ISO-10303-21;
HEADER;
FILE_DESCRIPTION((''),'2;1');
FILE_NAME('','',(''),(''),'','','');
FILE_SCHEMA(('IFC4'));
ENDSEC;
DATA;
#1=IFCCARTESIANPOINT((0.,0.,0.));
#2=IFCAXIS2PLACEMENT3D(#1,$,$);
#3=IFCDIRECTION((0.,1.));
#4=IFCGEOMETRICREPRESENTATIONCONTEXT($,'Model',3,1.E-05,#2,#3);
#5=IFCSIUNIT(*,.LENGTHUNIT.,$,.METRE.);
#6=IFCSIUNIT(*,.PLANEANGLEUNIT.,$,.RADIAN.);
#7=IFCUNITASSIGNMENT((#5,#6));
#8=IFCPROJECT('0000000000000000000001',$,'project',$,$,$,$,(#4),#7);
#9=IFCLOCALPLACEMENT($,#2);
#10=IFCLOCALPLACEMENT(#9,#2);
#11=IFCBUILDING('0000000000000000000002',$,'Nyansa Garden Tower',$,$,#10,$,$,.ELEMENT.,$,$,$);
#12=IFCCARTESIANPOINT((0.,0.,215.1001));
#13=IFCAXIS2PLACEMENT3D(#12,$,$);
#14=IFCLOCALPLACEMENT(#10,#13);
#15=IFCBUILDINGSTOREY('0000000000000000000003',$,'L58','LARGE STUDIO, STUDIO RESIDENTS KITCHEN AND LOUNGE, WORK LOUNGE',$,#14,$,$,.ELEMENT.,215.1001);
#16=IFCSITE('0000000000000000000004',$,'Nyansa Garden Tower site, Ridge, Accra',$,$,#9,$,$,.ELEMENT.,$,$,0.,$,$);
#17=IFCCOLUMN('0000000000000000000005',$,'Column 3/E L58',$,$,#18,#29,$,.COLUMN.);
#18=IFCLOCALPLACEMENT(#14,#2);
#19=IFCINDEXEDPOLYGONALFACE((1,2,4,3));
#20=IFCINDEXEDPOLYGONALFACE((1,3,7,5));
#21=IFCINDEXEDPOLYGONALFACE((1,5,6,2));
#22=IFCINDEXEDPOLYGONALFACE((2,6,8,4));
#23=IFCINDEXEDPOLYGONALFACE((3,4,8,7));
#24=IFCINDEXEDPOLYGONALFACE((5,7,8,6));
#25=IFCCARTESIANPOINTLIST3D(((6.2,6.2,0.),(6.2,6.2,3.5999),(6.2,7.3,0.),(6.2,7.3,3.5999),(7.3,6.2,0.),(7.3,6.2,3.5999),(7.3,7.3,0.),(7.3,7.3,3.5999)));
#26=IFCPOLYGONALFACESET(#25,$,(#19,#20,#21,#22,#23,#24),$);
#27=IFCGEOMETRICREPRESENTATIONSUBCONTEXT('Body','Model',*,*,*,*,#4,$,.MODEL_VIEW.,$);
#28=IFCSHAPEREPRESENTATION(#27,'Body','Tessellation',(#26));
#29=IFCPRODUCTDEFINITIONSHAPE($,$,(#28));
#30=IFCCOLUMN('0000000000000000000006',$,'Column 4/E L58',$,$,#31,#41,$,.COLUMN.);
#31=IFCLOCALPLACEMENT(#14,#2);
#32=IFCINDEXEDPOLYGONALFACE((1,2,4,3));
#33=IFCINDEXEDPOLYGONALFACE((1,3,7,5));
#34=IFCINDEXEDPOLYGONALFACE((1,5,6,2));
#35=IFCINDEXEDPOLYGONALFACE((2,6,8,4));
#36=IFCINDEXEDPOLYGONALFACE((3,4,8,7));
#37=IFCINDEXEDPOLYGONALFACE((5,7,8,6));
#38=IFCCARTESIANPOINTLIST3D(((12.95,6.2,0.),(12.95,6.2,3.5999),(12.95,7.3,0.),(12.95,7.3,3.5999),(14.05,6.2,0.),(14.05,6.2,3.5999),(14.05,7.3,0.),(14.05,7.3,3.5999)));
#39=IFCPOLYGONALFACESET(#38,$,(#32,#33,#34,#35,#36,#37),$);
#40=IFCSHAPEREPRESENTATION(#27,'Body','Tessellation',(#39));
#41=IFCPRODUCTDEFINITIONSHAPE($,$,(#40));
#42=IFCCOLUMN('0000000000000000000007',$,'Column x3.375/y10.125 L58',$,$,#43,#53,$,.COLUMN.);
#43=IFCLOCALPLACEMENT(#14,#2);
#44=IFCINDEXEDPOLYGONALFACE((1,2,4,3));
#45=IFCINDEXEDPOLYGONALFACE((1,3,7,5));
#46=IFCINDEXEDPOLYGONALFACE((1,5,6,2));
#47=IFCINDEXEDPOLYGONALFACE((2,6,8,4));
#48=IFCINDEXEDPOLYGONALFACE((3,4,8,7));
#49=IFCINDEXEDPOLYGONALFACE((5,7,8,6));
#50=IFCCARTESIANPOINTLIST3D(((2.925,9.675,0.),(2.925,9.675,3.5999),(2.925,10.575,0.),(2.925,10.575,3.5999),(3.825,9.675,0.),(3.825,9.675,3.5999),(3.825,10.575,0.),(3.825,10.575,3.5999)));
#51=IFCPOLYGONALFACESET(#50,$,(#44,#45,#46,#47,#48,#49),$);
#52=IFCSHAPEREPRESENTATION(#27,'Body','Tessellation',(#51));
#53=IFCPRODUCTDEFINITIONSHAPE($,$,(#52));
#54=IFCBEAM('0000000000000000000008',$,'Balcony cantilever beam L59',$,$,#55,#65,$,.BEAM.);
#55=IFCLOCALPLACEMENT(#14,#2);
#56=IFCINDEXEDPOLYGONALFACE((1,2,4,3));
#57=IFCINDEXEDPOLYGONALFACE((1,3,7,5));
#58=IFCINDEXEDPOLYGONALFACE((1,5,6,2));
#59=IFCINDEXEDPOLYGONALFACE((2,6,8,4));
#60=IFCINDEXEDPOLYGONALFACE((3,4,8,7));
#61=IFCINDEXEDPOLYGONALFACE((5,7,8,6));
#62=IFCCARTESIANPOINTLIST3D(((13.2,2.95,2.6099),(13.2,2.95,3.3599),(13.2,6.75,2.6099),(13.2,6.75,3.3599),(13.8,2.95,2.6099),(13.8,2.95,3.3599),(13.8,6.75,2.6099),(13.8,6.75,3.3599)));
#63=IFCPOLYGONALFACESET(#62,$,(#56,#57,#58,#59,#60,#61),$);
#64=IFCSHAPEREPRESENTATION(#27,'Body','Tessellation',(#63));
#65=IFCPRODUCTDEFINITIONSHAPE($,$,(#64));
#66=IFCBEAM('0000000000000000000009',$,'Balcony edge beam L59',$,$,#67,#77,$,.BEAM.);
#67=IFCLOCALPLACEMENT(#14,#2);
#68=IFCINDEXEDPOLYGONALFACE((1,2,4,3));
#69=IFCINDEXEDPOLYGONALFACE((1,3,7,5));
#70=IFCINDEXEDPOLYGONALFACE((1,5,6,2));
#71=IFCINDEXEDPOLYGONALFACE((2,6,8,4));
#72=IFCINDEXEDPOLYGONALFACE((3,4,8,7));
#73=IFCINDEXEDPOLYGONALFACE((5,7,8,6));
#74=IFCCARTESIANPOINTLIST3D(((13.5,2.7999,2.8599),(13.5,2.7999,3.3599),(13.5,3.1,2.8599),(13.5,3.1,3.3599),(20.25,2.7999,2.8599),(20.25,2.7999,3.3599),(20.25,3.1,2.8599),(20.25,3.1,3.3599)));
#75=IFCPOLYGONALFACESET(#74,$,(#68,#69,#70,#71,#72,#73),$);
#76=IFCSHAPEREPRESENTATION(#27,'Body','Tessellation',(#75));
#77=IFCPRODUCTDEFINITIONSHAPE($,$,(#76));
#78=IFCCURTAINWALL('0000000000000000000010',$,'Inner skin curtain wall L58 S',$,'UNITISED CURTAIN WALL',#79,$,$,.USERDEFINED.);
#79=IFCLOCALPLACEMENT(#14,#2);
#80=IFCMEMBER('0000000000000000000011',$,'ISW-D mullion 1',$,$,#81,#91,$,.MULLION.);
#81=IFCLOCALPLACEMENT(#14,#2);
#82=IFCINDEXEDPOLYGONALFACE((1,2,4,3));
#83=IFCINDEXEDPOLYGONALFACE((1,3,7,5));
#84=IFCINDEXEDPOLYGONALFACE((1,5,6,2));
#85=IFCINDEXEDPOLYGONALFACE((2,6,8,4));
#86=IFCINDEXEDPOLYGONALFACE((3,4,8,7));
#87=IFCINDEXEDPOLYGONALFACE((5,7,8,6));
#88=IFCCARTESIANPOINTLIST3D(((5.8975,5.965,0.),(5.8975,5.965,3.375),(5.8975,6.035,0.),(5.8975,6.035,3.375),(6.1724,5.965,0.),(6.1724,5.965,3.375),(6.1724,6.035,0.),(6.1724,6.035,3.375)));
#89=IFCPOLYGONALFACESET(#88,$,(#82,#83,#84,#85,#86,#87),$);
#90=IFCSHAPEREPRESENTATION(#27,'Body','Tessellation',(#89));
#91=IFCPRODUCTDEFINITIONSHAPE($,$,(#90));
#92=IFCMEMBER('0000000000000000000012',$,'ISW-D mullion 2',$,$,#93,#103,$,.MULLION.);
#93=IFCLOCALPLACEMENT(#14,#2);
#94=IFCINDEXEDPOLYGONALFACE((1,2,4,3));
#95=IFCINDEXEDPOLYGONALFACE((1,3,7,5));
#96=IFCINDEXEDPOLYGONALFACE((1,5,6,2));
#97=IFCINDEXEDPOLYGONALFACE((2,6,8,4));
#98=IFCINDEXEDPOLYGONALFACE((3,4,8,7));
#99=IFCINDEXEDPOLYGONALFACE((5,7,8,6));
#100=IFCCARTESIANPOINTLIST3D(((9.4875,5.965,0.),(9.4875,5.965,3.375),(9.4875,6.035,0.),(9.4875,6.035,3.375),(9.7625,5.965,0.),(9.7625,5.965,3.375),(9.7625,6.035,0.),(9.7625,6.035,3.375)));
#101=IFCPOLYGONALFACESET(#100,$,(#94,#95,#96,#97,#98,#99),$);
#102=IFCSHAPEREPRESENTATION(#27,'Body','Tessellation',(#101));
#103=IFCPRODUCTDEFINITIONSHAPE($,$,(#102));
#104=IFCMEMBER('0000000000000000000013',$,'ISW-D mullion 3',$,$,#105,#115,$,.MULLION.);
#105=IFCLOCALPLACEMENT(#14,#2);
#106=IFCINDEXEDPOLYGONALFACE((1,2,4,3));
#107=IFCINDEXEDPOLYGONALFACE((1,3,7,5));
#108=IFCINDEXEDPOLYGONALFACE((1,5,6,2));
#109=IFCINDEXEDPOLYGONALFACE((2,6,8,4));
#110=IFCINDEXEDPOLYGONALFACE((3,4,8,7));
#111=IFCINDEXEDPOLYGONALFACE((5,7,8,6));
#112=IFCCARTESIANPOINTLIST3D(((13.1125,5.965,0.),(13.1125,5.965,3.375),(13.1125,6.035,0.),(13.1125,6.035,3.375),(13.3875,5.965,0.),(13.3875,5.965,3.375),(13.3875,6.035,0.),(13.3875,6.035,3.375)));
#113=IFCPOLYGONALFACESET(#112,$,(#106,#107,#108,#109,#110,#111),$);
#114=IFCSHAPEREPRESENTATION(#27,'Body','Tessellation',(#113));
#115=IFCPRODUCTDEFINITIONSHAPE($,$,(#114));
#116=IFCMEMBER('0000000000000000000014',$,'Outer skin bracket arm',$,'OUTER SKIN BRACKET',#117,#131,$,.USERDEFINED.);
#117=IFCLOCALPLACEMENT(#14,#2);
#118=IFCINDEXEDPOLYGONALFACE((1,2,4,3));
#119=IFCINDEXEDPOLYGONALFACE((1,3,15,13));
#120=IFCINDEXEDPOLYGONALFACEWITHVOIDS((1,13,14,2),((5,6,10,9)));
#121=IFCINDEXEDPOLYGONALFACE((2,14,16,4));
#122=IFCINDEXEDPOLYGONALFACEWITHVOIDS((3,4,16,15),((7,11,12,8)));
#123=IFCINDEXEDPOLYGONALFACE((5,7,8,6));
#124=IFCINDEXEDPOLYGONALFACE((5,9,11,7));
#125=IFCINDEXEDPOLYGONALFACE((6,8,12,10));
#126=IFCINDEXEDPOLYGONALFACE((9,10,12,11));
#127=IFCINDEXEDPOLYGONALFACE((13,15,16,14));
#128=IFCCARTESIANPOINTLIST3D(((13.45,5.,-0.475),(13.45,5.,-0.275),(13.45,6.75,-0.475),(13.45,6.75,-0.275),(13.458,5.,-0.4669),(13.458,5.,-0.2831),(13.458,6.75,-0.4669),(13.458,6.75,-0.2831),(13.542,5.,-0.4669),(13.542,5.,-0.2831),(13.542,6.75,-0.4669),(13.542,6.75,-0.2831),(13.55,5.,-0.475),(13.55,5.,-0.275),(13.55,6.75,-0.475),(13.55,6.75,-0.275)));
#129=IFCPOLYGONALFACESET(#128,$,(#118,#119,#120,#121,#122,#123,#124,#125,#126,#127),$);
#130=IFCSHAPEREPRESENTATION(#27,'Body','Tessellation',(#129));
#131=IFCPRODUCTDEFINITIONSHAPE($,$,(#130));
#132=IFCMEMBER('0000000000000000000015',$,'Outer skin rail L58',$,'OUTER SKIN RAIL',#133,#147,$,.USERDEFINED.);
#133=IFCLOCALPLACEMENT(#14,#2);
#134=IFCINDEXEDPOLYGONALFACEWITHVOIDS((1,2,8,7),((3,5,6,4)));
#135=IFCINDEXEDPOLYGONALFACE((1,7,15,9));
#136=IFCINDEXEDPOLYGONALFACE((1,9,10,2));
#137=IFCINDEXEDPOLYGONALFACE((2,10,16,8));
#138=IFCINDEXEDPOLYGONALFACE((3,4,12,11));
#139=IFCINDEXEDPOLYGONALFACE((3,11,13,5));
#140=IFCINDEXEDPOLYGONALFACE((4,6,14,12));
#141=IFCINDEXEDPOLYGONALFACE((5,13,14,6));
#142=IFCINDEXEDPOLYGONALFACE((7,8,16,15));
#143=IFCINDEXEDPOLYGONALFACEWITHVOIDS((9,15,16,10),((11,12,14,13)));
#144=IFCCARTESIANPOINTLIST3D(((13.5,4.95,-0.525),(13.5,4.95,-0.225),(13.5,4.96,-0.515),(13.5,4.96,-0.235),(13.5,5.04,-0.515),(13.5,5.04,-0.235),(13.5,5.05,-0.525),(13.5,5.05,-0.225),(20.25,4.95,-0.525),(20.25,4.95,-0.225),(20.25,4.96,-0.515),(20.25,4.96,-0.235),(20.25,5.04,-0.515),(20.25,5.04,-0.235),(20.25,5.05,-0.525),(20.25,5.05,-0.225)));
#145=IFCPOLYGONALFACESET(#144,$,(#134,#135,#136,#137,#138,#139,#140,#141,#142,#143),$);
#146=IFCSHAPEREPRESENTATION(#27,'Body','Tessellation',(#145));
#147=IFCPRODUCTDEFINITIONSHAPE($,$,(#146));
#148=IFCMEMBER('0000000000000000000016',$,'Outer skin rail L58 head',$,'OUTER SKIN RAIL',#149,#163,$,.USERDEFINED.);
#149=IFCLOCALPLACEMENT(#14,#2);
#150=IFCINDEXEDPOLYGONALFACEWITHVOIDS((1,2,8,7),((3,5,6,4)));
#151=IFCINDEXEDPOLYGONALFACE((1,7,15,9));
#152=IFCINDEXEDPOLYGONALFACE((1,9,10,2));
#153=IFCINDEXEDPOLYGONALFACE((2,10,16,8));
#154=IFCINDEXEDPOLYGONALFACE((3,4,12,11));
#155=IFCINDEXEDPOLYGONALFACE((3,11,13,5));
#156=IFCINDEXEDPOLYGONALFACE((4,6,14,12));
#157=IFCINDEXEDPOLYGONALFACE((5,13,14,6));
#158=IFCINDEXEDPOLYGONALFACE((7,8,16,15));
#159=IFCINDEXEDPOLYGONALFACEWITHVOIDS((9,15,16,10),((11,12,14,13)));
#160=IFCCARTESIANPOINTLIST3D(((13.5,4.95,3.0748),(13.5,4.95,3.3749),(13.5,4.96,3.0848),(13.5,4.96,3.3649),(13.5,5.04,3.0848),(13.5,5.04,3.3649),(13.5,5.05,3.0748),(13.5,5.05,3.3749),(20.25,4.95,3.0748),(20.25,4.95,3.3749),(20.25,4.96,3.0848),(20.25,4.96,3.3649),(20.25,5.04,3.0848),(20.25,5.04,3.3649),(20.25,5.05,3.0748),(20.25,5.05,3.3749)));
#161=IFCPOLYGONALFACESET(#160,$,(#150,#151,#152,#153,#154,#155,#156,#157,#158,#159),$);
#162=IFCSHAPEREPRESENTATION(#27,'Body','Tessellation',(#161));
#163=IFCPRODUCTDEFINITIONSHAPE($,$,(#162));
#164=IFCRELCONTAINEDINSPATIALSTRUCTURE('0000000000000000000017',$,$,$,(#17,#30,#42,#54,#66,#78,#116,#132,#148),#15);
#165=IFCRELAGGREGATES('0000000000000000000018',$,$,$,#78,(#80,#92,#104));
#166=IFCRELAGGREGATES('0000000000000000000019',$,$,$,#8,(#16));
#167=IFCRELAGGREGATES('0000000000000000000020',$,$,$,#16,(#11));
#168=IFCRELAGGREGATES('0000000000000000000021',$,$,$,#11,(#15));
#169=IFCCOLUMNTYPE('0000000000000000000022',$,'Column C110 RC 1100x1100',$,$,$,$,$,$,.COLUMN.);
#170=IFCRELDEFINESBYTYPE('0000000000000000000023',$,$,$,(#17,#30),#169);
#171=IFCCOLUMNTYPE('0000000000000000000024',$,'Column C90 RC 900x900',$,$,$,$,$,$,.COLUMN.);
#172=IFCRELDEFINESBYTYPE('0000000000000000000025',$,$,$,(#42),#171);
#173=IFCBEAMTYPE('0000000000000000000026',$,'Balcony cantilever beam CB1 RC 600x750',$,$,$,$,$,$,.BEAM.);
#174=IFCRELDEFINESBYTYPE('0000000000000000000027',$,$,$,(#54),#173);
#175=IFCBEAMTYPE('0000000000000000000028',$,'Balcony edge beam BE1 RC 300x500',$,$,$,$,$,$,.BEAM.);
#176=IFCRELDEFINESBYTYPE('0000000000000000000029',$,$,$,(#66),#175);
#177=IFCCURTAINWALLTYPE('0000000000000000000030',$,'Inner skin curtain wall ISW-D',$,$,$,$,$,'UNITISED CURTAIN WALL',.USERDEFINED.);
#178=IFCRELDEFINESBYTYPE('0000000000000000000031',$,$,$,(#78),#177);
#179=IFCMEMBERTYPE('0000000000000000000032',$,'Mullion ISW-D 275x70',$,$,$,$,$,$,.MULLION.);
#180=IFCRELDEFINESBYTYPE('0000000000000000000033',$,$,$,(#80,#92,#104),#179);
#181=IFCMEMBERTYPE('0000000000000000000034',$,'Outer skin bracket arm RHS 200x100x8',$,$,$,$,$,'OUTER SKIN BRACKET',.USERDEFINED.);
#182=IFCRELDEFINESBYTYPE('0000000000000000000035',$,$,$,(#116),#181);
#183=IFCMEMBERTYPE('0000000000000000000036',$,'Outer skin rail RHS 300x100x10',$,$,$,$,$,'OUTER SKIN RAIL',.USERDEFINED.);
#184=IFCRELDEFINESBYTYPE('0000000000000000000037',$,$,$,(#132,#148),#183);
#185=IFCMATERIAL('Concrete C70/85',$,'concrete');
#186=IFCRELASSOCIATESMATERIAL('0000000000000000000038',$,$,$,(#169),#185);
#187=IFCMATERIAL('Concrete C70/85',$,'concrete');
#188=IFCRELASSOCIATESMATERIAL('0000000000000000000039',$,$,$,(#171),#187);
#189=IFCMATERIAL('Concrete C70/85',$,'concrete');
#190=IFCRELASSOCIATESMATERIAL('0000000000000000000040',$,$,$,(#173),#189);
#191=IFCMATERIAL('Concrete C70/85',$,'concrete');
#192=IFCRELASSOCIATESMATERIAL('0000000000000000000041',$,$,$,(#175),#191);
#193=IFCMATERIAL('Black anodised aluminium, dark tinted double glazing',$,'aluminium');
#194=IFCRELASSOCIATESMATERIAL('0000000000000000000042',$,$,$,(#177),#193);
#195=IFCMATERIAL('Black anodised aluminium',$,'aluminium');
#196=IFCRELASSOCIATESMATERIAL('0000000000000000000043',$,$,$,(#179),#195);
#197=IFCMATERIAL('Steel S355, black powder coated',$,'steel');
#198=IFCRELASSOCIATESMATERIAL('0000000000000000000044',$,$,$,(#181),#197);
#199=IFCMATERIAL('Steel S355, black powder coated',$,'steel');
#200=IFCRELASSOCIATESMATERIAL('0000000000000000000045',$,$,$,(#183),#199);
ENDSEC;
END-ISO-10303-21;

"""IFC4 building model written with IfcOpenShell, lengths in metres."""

from ifc_helpers import new_model, si_unit, direction, frame, origin, origin_2d, place, context, subcontext, project, spatial, rectangle, hollow_rectangle, extrude, material, material_profile, profile_set, type_object, element, aggregate, save


model = new_model("IFC4")

# Units and contexts
model_context = context("Model", 3, precision=1e-05, world=origin(), true_north=direction((0.0, 1.0)))
body_context = subcontext(model_context, "Body", "Model", "MODEL_VIEW")
ifc_project = project(units=[si_unit("LENGTHUNIT", "METRE"), si_unit("PLANEANGLEUNIT", "RADIAN")], contexts=[model_context])

# Site, building, storey
site_placement = place(None, origin())
site = spatial("IfcSite", under=ifc_project, at=site_placement, Name="Nyansa Garden Tower site, Ridge, Accra", CompositionType="ELEMENT", RefElevation=0.0)
building_placement = place(site_placement, origin())
building = spatial("IfcBuilding", under=site, at=building_placement, Name="Nyansa Garden Tower", CompositionType="ELEMENT")
storey_placement = place(building_placement, frame((0.0, 0.0, 215.1001)))
storey = spatial("IfcBuildingStorey", under=building, at=storey_placement, Name="L58", Description="LARGE STUDIO, STUDIO RESIDENTS KITCHEN AND LOUNGE, WORK LOUNGE", CompositionType="ELEMENT", Elevation=215.1001)

# Columns
ifc_material_1 = material(Name="Concrete C70/85", Category="concrete")
ifc_material_profile_1 = material_profile(ifc_material_1, rectangle(XDim=1.1001, YDim=1.1001, at=origin_2d()), Name="RC 1100x1100")
ifc_profile_set_1 = profile_set([ifc_material_profile_1], Name="Concrete C70/85")
column_type_1 = type_object("IfcColumnType", Name="Column C110 RC 1100x1100", PredefinedType="COLUMN", material=ifc_profile_set_1)
for number, where, z_axis, x_axis, name in (
    (1, (6.75, 6.75, 0.0), (0.0, 0.0, 1.0), (1.0, 0.0, 0.0), "Column 3/E L58"),
    (2, (13.5, 6.75, 0.0), (0.0, 0.0, 1.0), (1.0, 0.0, 0.0), "Column 4/E L58"),
):
    element("IfcColumn", number, at=place(storey_placement, frame(where, z_axis=z_axis, x_axis=x_axis)), inside=storey, type_object=column_type_1, Name=name, PredefinedType="COLUMN", context=body_context, shape_type="SweptSolid", body=[
        extrude(rectangle(XDim=1.1001, YDim=1.1001, at=origin_2d()), origin(), (0.0, 0.0, 1.0), 3.5999),
    ])
ifc_material_2 = material(Name="Concrete C70/85", Category="concrete")
ifc_material_profile_2 = material_profile(ifc_material_2, rectangle(XDim=0.8999, YDim=0.8999, at=origin_2d()), Name="RC 900x900")
ifc_profile_set_2 = profile_set([ifc_material_profile_2], Name="Concrete C70/85")
column_type_2 = type_object("IfcColumnType", Name="Column C90 RC 900x900", PredefinedType="COLUMN", material=ifc_profile_set_2)
column_placement = place(storey_placement, frame((3.375, 10.125, 0.0), z_axis=(0.0, 0.0, 1.0), x_axis=(1.0, 0.0, 0.0)))
element("IfcColumn", 3, at=column_placement, inside=storey, type_object=column_type_2, Name="Column x3.375/y10.125 L58", PredefinedType="COLUMN", context=body_context, shape_type="SweptSolid", body=[
    extrude(rectangle(XDim=0.8999, YDim=0.8999, at=origin_2d()), origin(), (0.0, 0.0, 1.0), 3.5999),
])

# Beams
ifc_material_3 = material(Name="Concrete C70/85", Category="concrete")
ifc_material_profile_3 = material_profile(ifc_material_3, rectangle(XDim=0.6001, YDim=0.75, at=origin_2d()), Name="RC 600x750")
ifc_profile_set_3 = profile_set([ifc_material_profile_3], Name="Concrete C70/85")
beam_type_1 = type_object("IfcBeamType", Name="Balcony cantilever beam CB1 RC 600x750", PredefinedType="BEAM", material=ifc_profile_set_3)
beam_1_placement = place(storey_placement, frame((13.5, 6.75, 2.9849), z_axis=(0.0, -1.0, 0.0), x_axis=(1.0, 0.0, 0.0)))
element("IfcBeam", 4, at=beam_1_placement, inside=storey, type_object=beam_type_1, Name="Balcony cantilever beam L59", PredefinedType="BEAM", context=body_context, shape_type="SweptSolid", body=[
    extrude(rectangle(XDim=0.6001, YDim=0.75, at=origin_2d()), origin(), (0.0, 0.0, 1.0), 3.8),
])
ifc_material_4 = material(Name="Concrete C70/85", Category="concrete")
ifc_material_profile_4 = material_profile(ifc_material_4, rectangle(XDim=0.3, YDim=0.5, at=origin_2d()), Name="RC 300x500")
ifc_profile_set_4 = profile_set([ifc_material_profile_4], Name="Concrete C70/85")
beam_type_2 = type_object("IfcBeamType", Name="Balcony edge beam BE1 RC 300x500", PredefinedType="BEAM", material=ifc_profile_set_4)
beam_2_placement = place(storey_placement, frame((13.5, 2.95, 3.1099), z_axis=(1.0, 0.0, 0.0), x_axis=(0.0, 1.0, 0.0)))
element("IfcBeam", 5, at=beam_2_placement, inside=storey, type_object=beam_type_2, Name="Balcony edge beam L59", PredefinedType="BEAM", context=body_context, shape_type="SweptSolid", body=[
    extrude(rectangle(XDim=0.3, YDim=0.5, at=origin_2d()), origin(), (0.0, 0.0, 1.0), 6.75),
])

# Curtain wall, members
ifc_material_5 = material(Name="Black anodised aluminium, dark tinted double glazing", Category="aluminium")
curtain_wall_type = type_object("IfcCurtainWallType", Name="Inner skin curtain wall ISW-D", ElementType="UNITISED CURTAIN WALL", PredefinedType="USERDEFINED", material=ifc_material_5)
curtain_wall_placement = place(storey_placement, origin())
curtain_wall = element("IfcCurtainWall", 6, at=curtain_wall_placement, inside=storey, type_object=curtain_wall_type, Name="Inner skin curtain wall L58 S", ObjectType="UNITISED CURTAIN WALL", PredefinedType="USERDEFINED")
ifc_material_6 = material(Name="Black anodised aluminium", Category="aluminium")
ifc_material_profile_5 = material_profile(ifc_material_6, rectangle(XDim=0.0701, YDim=0.2749, at=origin_2d()), Name="Mullion 275x70")
ifc_profile_set_5 = profile_set([ifc_material_profile_5], Name="Black anodised aluminium")
member_type_1 = type_object("IfcMemberType", Name="Mullion ISW-D 275x70", PredefinedType="MULLION", material=ifc_profile_set_5)
member_1_placement = place(storey_placement, frame((6.0349, 6.0, 0.0), z_axis=(0.0, 0.0, 1.0), x_axis=(0.0, 1.0, 0.0)))
member_1 = element("IfcMember", 7, at=member_1_placement, type_object=member_type_1, Name="ISW-D mullion 1", PredefinedType="MULLION", context=body_context, shape_type="SweptSolid", body=[
    extrude(rectangle(XDim=0.0701, YDim=0.2749, at=origin_2d()), origin(), (0.0, 0.0, 1.0), 3.375),
])
member_2_placement = place(storey_placement, frame((9.625, 6.0, 0.0), z_axis=(0.0, 0.0, 1.0), x_axis=(0.0, 1.0, 0.0)))
member_2 = element("IfcMember", 8, at=member_2_placement, type_object=member_type_1, Name="ISW-D mullion 2", PredefinedType="MULLION", context=body_context, shape_type="SweptSolid", body=[
    extrude(rectangle(XDim=0.0701, YDim=0.2749, at=origin_2d()), origin(), (0.0, 0.0, 1.0), 3.375),
])
member_3_placement = place(storey_placement, frame((13.25, 6.0, 0.0), z_axis=(0.0, 0.0, 1.0), x_axis=(0.0, 1.0, 0.0)))
member_3 = element("IfcMember", 9, at=member_3_placement, type_object=member_type_1, Name="ISW-D mullion 3", PredefinedType="MULLION", context=body_context, shape_type="SweptSolid", body=[
    extrude(rectangle(XDim=0.0701, YDim=0.2749, at=origin_2d()), origin(), (0.0, 0.0, 1.0), 3.375),
])

# Members
ifc_material_7 = material(Name="Steel S355, black powder coated", Category="steel")
ifc_material_profile_6 = material_profile(ifc_material_7, hollow_rectangle(XDim=0.1001, YDim=0.2, WallThickness=0.0081, at=origin_2d()), Name="RHS 200x100x8")
ifc_profile_set_6 = profile_set([ifc_material_profile_6], Name="Steel S355, black powder coated")
member_type_2 = type_object("IfcMemberType", Name="Outer skin bracket arm RHS 200x100x8", ElementType="OUTER SKIN BRACKET", PredefinedType="USERDEFINED", material=ifc_profile_set_6)
member_4_placement = place(storey_placement, frame((13.5, 6.75, -0.375), z_axis=(0.0, -1.0, 0.0), x_axis=(1.0, 0.0, 0.0)))
element("IfcMember", 10, at=member_4_placement, inside=storey, type_object=member_type_2, Name="Outer skin bracket arm", ObjectType="OUTER SKIN BRACKET", PredefinedType="USERDEFINED", context=body_context, shape_type="SweptSolid", body=[
    extrude(hollow_rectangle(XDim=0.1001, YDim=0.2, WallThickness=0.0081, at=origin_2d()), origin(), (0.0, 0.0, 1.0), 1.75),
])
ifc_material_8 = material(Name="Steel S355, black powder coated", Category="steel")
ifc_material_profile_7 = material_profile(ifc_material_8, hollow_rectangle(XDim=0.1001, YDim=0.3, WallThickness=0.01, at=origin_2d()), Name="RHS 300x100x10")
ifc_profile_set_7 = profile_set([ifc_material_profile_7], Name="Steel S355, black powder coated")
member_type_3 = type_object("IfcMemberType", Name="Outer skin rail RHS 300x100x10", ElementType="OUTER SKIN RAIL", PredefinedType="USERDEFINED", material=ifc_profile_set_7)
for number, where, z_axis, x_axis, name in (
    (11, (13.5, 5.0, -0.375), (1.0, 0.0, 0.0), (0.0, 1.0, 0.0), "Outer skin rail L58"),
    (12, (13.5, 5.0, 3.2249), (1.0, 0.0, 0.0), (0.0, 1.0, 0.0), "Outer skin rail L58 head"),
):
    element("IfcMember", number, at=place(storey_placement, frame(where, z_axis=z_axis, x_axis=x_axis)), inside=storey, type_object=member_type_3, Name=name, ObjectType="OUTER SKIN RAIL", PredefinedType="USERDEFINED", context=body_context, shape_type="SweptSolid", body=[
        extrude(hollow_rectangle(XDim=0.1001, YDim=0.3, WallThickness=0.01, at=origin_2d()), origin(), (0.0, 0.0, 1.0), 6.75),
    ])

aggregate(curtain_wall, [member_1, member_2, member_3])

save(model, "model.ifc")
